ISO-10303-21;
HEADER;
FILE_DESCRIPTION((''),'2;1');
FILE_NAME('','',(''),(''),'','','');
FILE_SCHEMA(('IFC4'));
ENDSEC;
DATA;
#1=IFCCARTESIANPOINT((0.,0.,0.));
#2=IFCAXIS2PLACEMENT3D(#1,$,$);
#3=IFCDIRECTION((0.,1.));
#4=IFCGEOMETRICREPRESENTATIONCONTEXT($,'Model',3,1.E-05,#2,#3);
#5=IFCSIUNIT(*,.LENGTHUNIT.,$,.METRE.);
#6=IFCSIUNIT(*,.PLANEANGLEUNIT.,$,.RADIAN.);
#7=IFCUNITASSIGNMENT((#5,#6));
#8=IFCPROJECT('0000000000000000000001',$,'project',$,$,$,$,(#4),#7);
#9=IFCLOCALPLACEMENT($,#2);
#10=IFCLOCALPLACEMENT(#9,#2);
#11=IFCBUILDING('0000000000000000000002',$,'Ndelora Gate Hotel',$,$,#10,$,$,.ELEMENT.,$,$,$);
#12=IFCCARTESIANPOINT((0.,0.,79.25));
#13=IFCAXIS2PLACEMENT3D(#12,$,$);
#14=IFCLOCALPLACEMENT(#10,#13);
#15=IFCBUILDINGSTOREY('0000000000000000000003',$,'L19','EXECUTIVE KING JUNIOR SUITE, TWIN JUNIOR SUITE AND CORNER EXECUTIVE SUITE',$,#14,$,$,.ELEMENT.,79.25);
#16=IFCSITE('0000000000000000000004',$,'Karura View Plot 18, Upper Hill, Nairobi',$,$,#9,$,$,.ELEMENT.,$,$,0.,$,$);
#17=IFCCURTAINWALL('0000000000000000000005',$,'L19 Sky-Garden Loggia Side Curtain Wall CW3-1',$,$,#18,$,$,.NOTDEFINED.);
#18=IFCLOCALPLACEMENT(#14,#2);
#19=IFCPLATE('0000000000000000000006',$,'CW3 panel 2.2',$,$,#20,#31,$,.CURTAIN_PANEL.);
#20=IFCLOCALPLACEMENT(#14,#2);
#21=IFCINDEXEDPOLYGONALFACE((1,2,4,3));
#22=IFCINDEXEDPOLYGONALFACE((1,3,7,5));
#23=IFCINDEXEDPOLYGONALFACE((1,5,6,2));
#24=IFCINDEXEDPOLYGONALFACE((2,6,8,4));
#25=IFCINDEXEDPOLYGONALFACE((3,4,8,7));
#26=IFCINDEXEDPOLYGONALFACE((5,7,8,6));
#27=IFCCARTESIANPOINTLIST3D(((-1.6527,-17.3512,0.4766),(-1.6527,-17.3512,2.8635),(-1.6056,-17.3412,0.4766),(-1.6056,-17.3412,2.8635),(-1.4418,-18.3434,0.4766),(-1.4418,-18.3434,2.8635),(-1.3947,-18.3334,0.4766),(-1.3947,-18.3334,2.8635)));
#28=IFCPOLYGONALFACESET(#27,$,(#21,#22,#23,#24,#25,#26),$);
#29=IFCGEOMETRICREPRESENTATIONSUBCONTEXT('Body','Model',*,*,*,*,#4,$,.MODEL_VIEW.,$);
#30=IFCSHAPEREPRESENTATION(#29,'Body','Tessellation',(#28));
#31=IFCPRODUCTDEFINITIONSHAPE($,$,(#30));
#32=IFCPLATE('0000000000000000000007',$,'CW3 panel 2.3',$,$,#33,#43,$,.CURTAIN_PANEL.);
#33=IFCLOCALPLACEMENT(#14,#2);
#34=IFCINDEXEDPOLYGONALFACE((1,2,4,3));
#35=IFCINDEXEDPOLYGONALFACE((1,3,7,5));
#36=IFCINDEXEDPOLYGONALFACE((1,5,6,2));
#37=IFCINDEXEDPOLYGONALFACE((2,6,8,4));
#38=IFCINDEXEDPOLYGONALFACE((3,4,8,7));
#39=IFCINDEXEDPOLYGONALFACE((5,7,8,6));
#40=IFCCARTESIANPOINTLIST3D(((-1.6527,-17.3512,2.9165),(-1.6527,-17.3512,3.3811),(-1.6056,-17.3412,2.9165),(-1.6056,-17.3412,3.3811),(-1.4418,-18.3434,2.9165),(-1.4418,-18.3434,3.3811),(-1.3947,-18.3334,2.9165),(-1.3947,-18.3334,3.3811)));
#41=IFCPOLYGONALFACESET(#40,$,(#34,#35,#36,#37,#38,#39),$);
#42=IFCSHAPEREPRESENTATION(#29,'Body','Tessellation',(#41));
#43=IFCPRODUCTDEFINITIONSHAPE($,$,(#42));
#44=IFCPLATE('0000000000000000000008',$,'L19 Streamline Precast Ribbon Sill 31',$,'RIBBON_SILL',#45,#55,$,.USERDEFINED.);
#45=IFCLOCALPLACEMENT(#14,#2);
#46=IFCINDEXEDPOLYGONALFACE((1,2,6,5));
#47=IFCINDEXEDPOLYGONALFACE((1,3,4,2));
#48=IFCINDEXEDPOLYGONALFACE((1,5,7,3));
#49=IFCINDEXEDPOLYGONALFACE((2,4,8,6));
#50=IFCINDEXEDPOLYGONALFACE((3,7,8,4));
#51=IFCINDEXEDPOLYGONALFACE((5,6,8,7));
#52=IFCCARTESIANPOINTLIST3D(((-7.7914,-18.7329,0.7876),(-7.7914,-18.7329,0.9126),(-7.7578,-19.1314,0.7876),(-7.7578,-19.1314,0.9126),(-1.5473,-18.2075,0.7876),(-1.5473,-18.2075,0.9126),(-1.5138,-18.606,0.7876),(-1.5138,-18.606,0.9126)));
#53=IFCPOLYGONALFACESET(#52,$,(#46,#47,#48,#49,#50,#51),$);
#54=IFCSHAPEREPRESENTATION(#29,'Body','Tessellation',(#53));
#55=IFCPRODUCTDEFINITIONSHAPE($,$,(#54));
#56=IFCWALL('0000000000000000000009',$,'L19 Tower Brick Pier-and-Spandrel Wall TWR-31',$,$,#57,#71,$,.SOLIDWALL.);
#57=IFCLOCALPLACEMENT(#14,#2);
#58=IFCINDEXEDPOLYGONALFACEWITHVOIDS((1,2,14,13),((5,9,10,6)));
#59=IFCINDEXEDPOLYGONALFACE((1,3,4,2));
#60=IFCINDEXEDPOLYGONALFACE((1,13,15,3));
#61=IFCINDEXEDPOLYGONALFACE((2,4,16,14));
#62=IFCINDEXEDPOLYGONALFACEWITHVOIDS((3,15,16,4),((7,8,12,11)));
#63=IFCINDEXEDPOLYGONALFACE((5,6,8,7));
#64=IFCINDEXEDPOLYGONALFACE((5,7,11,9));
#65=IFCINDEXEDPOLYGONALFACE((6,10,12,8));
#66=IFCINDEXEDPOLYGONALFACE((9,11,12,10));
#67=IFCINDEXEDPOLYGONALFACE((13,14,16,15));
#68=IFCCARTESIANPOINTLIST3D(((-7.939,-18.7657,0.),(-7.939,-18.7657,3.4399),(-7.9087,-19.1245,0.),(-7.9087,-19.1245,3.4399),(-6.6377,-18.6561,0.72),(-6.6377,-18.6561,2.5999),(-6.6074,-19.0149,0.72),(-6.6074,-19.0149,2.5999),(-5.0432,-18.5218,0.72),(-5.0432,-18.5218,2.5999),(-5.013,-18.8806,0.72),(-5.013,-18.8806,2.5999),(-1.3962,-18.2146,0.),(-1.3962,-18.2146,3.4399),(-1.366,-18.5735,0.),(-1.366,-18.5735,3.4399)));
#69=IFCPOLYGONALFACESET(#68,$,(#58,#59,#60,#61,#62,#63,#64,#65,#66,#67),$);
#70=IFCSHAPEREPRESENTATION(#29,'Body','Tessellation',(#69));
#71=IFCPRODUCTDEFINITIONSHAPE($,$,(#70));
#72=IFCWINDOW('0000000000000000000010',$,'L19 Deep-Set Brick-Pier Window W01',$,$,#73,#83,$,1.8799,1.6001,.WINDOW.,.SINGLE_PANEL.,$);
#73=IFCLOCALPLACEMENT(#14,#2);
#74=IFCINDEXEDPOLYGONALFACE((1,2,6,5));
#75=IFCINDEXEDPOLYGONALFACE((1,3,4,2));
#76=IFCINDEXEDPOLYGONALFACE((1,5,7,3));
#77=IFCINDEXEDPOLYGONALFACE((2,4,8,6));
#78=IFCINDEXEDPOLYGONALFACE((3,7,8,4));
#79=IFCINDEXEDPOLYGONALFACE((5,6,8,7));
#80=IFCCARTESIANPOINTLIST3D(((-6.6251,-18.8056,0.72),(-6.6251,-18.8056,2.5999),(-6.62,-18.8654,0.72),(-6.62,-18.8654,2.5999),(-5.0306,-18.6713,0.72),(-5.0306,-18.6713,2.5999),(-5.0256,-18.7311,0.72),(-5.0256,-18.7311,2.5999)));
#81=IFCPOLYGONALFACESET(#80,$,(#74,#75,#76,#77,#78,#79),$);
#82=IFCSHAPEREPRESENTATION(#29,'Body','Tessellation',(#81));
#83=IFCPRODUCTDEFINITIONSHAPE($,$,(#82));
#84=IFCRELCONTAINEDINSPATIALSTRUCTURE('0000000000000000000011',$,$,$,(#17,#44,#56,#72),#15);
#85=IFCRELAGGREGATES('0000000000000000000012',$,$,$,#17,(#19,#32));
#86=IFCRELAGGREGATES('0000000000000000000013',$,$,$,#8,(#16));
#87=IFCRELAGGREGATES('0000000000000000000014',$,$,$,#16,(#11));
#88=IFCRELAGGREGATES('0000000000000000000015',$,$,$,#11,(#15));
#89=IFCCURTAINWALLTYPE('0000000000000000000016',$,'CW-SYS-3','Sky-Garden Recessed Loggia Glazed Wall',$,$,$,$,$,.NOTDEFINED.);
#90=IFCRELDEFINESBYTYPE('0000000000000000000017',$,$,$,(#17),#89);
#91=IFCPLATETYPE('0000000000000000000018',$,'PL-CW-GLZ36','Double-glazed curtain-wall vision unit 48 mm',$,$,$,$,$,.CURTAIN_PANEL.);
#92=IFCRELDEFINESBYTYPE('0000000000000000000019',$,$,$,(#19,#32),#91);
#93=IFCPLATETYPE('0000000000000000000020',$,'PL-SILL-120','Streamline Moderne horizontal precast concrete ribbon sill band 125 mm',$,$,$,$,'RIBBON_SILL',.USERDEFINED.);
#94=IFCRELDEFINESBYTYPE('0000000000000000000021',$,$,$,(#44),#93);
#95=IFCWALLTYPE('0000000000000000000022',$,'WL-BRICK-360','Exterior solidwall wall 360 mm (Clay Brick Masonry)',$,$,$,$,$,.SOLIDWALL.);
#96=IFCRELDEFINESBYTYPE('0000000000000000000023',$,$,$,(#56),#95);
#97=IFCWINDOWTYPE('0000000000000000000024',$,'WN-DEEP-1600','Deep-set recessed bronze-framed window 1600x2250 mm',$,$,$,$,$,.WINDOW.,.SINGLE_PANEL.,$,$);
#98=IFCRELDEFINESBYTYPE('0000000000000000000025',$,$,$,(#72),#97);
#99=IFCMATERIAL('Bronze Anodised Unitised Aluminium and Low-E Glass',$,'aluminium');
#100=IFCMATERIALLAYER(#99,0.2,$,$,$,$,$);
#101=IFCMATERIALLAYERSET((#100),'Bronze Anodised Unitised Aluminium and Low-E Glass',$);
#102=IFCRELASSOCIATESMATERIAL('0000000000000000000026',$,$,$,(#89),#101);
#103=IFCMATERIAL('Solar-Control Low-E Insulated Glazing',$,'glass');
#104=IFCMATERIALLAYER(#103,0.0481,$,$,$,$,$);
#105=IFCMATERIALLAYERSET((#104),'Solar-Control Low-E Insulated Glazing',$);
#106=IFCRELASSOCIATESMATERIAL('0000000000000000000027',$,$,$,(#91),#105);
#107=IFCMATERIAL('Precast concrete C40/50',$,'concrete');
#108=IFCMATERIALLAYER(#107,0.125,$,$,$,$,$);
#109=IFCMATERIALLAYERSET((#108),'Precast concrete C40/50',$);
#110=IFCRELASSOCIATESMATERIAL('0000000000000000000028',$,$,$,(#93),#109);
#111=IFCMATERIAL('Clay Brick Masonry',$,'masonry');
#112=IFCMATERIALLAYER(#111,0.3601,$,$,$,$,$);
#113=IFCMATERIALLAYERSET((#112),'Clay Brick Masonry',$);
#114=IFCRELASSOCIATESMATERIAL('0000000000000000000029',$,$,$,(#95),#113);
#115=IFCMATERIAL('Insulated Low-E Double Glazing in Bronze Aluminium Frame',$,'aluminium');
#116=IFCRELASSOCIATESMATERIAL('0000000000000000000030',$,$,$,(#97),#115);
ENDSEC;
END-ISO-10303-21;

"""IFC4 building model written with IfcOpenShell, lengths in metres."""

from ifc_helpers import new_model, si_unit, direction, frame, frame_2d, origin, origin_2d, place, context, subcontext, project, spatial, rectangle, extrude, material, layer, layer_set, type_object, element, fill, aggregate, save


model = new_model("IFC4")

# Units and contexts
model_context = context("Model", 3, precision=1e-05, world=origin(), true_north=direction((0.0, 1.0)))
body_context = subcontext(model_context, "Body", "Model", "MODEL_VIEW")
ifc_project = project(units=[si_unit("LENGTHUNIT", "METRE"), si_unit("PLANEANGLEUNIT", "RADIAN")], contexts=[model_context])

# Site, building, storey
site_placement = place(None, origin())
site = spatial("IfcSite", under=ifc_project, at=site_placement, Name="Karura View Plot 18, Upper Hill, Nairobi", CompositionType="ELEMENT", RefElevation=0.0)
building_placement = place(site_placement, origin())
building = spatial("IfcBuilding", under=site, at=building_placement, Name="Ndelora Gate Hotel", CompositionType="ELEMENT")
storey_placement = place(building_placement, frame((0.0, 0.0, 79.25)))
storey = spatial("IfcBuildingStorey", under=building, at=storey_placement, Name="L19", Description="EXECUTIVE KING JUNIOR SUITE, TWIN JUNIOR SUITE AND CORNER EXECUTIVE SUITE", CompositionType="ELEMENT", Elevation=79.25)

# Curtain wall, plates
ifc_material_1 = material(Name="Bronze Anodised Unitised Aluminium and Low-E Glass", Category="aluminium")
ifc_layer_1 = layer(ifc_material_1, 0.2)
ifc_layer_set_1 = layer_set([ifc_layer_1], Name="Bronze Anodised Unitised Aluminium and Low-E Glass")
curtain_wall_type = type_object("IfcCurtainWallType", Name="CW-SYS-3", Description="Sky-Garden Recessed Loggia Glazed Wall", PredefinedType="NOTDEFINED", material=ifc_layer_set_1)
curtain_wall_placement = place(storey_placement, origin())
curtain_wall = element("IfcCurtainWall", 1, at=curtain_wall_placement, inside=storey, type_object=curtain_wall_type, Name="L19 Sky-Garden Loggia Side Curtain Wall CW3-1", PredefinedType="NOTDEFINED")
ifc_material_2 = material(Name="Solar-Control Low-E Insulated Glazing", Category="glass")
ifc_layer_2 = layer(ifc_material_2, 0.0481)
ifc_layer_set_2 = layer_set([ifc_layer_2], Name="Solar-Control Low-E Insulated Glazing")
plate_type_1 = type_object("IfcPlateType", Name="PL-CW-GLZ36", Description="Double-glazed curtain-wall vision unit 48 mm", PredefinedType="CURTAIN_PANEL", material=ifc_layer_set_2)
plate_1_placement = place(storey_placement, frame((-1.5237, -17.8423, 0.4766), z_axis=(0.0, 0.0, 1.0), x_axis=(0.207911, -0.978148, 0.0)))
plate_1 = element("IfcPlate", 2, at=plate_1_placement, type_object=plate_type_1, Name="CW3 panel 2.2", PredefinedType="CURTAIN_PANEL", context=body_context, shape_type="SweptSolid", body=[
    extrude(rectangle(XDim=1.0144, YDim=0.0481, at=origin_2d()), origin(), (0.0, 0.0, 1.0), 2.387),
])
plate_2_placement = place(storey_placement, frame((-1.5237, -17.8423, 2.9165), z_axis=(0.0, 0.0, 1.0), x_axis=(0.207911, -0.978148, 0.0)))
plate_2 = element("IfcPlate", 3, at=plate_2_placement, type_object=plate_type_1, Name="CW3 panel 2.3", PredefinedType="CURTAIN_PANEL", context=body_context, shape_type="SweptSolid", body=[
    extrude(rectangle(XDim=1.0144, YDim=0.0481, at=origin_2d()), origin(), (0.0, 0.0, 1.0), 0.4646),
])
aggregate(curtain_wall, [plate_1, plate_2])

# Plate
ifc_material_3 = material(Name="Precast concrete C40/50", Category="concrete")
ifc_layer_3 = layer(ifc_material_3, 0.125)
ifc_layer_set_3 = layer_set([ifc_layer_3], Name="Precast concrete C40/50")
plate_type_2 = type_object("IfcPlateType", Name="PL-SILL-120", Description="Streamline Moderne horizontal precast concrete ribbon sill band 125 mm", ElementType="RIBBON_SILL", PredefinedType="USERDEFINED", material=ifc_layer_set_3)
plate_3_placement = place(storey_placement, frame((-4.6526, -18.6694, 0.7876), z_axis=(0.0, 0.0, 1.0), x_axis=(0.996478, 0.083852, 0.0)))
element("IfcPlate", 4, at=plate_3_placement, inside=storey, type_object=plate_type_2, Name="L19 Streamline Precast Ribbon Sill 31", ObjectType="RIBBON_SILL", PredefinedType="USERDEFINED", context=body_context, shape_type="SweptSolid", body=[
    extrude(rectangle(XDim=6.2661, YDim=0.3999, at=origin_2d()), origin(), (0.0, 0.0, 1.0), 0.125),
])

# Wall, opening, window
ifc_material_4 = material(Name="Clay Brick Masonry", Category="masonry")
ifc_layer_4 = layer(ifc_material_4, 0.3601)
ifc_layer_set_4 = layer_set([ifc_layer_4], Name="Clay Brick Masonry")
wall_type = type_object("IfcWallType", Name="WL-BRICK-360", Description="Exterior solidwall wall 360 mm (Clay Brick Masonry)", PredefinedType="SOLIDWALL", material=ifc_layer_set_4)
wall_placement = place(storey_placement, frame((-1.3811, -18.394, 0.0), z_axis=(0.0, 0.0, 1.0), x_axis=(-0.996472, -0.083922, 0.0)))
wall = element("IfcWall", 5, at=wall_placement, inside=storey, type_object=wall_type, Name="L19 Tower Brick Pier-and-Spandrel Wall TWR-31", PredefinedType="SOLIDWALL", context=body_context, shape_type="SweptSolid", body=[
    extrude(rectangle(XDim=6.5659, YDim=0.3601, at=frame_2d((3.283, 0.0))), origin(), (0.0, 0.0, 1.0), 3.4399),
])
opening_placement = place(wall_placement, frame((3.6599, 0.0, 0.72)))
opening = element("IfcOpeningElement", 6, at=opening_placement, cuts=wall, PredefinedType="OPENING", context=body_context, shape_type="SweptSolid", body=[
    extrude(rectangle(XDim=1.6001, YDim=1.8799, at=frame_2d((0.8, 0.9399))), frame((0.0, 0.1899, 0.0), z_axis=(0.0, -1.0, 0.0), x_axis=(1.0, 0.0, 0.0)), (0.0, 0.0, 1.0), 0.3801),
])
ifc_material_5 = material(Name="Insulated Low-E Double Glazing in Bronze Aluminium Frame", Category="aluminium")
window_type = type_object("IfcWindowType", Name="WN-DEEP-1600", Description="Deep-set recessed bronze-framed window 1600x2250 mm", PartitioningType="SINGLE_PANEL", PredefinedType="WINDOW", material=ifc_material_5)
window_placement = place(opening_placement, origin())
window = element("IfcWindow", 7, at=window_placement, inside=storey, type_object=window_type, Name="L19 Deep-Set Brick-Pier Window W01", OverallHeight=1.8799, OverallWidth=1.6001, PartitioningType="SINGLE_PANEL", PredefinedType="WINDOW", context=body_context, shape_type="SweptSolid", body=[
    extrude(rectangle(XDim=1.6001, YDim=1.8799, at=frame_2d((0.8, 0.9399))), frame((0.0, 0.03, 0.0), z_axis=(0.0, -1.0, 0.0), x_axis=(1.0, 0.0, 0.0)), (0.0, 0.0, 1.0), 0.0601),
])
fill(opening, window)

save(model, "model.ifc")
